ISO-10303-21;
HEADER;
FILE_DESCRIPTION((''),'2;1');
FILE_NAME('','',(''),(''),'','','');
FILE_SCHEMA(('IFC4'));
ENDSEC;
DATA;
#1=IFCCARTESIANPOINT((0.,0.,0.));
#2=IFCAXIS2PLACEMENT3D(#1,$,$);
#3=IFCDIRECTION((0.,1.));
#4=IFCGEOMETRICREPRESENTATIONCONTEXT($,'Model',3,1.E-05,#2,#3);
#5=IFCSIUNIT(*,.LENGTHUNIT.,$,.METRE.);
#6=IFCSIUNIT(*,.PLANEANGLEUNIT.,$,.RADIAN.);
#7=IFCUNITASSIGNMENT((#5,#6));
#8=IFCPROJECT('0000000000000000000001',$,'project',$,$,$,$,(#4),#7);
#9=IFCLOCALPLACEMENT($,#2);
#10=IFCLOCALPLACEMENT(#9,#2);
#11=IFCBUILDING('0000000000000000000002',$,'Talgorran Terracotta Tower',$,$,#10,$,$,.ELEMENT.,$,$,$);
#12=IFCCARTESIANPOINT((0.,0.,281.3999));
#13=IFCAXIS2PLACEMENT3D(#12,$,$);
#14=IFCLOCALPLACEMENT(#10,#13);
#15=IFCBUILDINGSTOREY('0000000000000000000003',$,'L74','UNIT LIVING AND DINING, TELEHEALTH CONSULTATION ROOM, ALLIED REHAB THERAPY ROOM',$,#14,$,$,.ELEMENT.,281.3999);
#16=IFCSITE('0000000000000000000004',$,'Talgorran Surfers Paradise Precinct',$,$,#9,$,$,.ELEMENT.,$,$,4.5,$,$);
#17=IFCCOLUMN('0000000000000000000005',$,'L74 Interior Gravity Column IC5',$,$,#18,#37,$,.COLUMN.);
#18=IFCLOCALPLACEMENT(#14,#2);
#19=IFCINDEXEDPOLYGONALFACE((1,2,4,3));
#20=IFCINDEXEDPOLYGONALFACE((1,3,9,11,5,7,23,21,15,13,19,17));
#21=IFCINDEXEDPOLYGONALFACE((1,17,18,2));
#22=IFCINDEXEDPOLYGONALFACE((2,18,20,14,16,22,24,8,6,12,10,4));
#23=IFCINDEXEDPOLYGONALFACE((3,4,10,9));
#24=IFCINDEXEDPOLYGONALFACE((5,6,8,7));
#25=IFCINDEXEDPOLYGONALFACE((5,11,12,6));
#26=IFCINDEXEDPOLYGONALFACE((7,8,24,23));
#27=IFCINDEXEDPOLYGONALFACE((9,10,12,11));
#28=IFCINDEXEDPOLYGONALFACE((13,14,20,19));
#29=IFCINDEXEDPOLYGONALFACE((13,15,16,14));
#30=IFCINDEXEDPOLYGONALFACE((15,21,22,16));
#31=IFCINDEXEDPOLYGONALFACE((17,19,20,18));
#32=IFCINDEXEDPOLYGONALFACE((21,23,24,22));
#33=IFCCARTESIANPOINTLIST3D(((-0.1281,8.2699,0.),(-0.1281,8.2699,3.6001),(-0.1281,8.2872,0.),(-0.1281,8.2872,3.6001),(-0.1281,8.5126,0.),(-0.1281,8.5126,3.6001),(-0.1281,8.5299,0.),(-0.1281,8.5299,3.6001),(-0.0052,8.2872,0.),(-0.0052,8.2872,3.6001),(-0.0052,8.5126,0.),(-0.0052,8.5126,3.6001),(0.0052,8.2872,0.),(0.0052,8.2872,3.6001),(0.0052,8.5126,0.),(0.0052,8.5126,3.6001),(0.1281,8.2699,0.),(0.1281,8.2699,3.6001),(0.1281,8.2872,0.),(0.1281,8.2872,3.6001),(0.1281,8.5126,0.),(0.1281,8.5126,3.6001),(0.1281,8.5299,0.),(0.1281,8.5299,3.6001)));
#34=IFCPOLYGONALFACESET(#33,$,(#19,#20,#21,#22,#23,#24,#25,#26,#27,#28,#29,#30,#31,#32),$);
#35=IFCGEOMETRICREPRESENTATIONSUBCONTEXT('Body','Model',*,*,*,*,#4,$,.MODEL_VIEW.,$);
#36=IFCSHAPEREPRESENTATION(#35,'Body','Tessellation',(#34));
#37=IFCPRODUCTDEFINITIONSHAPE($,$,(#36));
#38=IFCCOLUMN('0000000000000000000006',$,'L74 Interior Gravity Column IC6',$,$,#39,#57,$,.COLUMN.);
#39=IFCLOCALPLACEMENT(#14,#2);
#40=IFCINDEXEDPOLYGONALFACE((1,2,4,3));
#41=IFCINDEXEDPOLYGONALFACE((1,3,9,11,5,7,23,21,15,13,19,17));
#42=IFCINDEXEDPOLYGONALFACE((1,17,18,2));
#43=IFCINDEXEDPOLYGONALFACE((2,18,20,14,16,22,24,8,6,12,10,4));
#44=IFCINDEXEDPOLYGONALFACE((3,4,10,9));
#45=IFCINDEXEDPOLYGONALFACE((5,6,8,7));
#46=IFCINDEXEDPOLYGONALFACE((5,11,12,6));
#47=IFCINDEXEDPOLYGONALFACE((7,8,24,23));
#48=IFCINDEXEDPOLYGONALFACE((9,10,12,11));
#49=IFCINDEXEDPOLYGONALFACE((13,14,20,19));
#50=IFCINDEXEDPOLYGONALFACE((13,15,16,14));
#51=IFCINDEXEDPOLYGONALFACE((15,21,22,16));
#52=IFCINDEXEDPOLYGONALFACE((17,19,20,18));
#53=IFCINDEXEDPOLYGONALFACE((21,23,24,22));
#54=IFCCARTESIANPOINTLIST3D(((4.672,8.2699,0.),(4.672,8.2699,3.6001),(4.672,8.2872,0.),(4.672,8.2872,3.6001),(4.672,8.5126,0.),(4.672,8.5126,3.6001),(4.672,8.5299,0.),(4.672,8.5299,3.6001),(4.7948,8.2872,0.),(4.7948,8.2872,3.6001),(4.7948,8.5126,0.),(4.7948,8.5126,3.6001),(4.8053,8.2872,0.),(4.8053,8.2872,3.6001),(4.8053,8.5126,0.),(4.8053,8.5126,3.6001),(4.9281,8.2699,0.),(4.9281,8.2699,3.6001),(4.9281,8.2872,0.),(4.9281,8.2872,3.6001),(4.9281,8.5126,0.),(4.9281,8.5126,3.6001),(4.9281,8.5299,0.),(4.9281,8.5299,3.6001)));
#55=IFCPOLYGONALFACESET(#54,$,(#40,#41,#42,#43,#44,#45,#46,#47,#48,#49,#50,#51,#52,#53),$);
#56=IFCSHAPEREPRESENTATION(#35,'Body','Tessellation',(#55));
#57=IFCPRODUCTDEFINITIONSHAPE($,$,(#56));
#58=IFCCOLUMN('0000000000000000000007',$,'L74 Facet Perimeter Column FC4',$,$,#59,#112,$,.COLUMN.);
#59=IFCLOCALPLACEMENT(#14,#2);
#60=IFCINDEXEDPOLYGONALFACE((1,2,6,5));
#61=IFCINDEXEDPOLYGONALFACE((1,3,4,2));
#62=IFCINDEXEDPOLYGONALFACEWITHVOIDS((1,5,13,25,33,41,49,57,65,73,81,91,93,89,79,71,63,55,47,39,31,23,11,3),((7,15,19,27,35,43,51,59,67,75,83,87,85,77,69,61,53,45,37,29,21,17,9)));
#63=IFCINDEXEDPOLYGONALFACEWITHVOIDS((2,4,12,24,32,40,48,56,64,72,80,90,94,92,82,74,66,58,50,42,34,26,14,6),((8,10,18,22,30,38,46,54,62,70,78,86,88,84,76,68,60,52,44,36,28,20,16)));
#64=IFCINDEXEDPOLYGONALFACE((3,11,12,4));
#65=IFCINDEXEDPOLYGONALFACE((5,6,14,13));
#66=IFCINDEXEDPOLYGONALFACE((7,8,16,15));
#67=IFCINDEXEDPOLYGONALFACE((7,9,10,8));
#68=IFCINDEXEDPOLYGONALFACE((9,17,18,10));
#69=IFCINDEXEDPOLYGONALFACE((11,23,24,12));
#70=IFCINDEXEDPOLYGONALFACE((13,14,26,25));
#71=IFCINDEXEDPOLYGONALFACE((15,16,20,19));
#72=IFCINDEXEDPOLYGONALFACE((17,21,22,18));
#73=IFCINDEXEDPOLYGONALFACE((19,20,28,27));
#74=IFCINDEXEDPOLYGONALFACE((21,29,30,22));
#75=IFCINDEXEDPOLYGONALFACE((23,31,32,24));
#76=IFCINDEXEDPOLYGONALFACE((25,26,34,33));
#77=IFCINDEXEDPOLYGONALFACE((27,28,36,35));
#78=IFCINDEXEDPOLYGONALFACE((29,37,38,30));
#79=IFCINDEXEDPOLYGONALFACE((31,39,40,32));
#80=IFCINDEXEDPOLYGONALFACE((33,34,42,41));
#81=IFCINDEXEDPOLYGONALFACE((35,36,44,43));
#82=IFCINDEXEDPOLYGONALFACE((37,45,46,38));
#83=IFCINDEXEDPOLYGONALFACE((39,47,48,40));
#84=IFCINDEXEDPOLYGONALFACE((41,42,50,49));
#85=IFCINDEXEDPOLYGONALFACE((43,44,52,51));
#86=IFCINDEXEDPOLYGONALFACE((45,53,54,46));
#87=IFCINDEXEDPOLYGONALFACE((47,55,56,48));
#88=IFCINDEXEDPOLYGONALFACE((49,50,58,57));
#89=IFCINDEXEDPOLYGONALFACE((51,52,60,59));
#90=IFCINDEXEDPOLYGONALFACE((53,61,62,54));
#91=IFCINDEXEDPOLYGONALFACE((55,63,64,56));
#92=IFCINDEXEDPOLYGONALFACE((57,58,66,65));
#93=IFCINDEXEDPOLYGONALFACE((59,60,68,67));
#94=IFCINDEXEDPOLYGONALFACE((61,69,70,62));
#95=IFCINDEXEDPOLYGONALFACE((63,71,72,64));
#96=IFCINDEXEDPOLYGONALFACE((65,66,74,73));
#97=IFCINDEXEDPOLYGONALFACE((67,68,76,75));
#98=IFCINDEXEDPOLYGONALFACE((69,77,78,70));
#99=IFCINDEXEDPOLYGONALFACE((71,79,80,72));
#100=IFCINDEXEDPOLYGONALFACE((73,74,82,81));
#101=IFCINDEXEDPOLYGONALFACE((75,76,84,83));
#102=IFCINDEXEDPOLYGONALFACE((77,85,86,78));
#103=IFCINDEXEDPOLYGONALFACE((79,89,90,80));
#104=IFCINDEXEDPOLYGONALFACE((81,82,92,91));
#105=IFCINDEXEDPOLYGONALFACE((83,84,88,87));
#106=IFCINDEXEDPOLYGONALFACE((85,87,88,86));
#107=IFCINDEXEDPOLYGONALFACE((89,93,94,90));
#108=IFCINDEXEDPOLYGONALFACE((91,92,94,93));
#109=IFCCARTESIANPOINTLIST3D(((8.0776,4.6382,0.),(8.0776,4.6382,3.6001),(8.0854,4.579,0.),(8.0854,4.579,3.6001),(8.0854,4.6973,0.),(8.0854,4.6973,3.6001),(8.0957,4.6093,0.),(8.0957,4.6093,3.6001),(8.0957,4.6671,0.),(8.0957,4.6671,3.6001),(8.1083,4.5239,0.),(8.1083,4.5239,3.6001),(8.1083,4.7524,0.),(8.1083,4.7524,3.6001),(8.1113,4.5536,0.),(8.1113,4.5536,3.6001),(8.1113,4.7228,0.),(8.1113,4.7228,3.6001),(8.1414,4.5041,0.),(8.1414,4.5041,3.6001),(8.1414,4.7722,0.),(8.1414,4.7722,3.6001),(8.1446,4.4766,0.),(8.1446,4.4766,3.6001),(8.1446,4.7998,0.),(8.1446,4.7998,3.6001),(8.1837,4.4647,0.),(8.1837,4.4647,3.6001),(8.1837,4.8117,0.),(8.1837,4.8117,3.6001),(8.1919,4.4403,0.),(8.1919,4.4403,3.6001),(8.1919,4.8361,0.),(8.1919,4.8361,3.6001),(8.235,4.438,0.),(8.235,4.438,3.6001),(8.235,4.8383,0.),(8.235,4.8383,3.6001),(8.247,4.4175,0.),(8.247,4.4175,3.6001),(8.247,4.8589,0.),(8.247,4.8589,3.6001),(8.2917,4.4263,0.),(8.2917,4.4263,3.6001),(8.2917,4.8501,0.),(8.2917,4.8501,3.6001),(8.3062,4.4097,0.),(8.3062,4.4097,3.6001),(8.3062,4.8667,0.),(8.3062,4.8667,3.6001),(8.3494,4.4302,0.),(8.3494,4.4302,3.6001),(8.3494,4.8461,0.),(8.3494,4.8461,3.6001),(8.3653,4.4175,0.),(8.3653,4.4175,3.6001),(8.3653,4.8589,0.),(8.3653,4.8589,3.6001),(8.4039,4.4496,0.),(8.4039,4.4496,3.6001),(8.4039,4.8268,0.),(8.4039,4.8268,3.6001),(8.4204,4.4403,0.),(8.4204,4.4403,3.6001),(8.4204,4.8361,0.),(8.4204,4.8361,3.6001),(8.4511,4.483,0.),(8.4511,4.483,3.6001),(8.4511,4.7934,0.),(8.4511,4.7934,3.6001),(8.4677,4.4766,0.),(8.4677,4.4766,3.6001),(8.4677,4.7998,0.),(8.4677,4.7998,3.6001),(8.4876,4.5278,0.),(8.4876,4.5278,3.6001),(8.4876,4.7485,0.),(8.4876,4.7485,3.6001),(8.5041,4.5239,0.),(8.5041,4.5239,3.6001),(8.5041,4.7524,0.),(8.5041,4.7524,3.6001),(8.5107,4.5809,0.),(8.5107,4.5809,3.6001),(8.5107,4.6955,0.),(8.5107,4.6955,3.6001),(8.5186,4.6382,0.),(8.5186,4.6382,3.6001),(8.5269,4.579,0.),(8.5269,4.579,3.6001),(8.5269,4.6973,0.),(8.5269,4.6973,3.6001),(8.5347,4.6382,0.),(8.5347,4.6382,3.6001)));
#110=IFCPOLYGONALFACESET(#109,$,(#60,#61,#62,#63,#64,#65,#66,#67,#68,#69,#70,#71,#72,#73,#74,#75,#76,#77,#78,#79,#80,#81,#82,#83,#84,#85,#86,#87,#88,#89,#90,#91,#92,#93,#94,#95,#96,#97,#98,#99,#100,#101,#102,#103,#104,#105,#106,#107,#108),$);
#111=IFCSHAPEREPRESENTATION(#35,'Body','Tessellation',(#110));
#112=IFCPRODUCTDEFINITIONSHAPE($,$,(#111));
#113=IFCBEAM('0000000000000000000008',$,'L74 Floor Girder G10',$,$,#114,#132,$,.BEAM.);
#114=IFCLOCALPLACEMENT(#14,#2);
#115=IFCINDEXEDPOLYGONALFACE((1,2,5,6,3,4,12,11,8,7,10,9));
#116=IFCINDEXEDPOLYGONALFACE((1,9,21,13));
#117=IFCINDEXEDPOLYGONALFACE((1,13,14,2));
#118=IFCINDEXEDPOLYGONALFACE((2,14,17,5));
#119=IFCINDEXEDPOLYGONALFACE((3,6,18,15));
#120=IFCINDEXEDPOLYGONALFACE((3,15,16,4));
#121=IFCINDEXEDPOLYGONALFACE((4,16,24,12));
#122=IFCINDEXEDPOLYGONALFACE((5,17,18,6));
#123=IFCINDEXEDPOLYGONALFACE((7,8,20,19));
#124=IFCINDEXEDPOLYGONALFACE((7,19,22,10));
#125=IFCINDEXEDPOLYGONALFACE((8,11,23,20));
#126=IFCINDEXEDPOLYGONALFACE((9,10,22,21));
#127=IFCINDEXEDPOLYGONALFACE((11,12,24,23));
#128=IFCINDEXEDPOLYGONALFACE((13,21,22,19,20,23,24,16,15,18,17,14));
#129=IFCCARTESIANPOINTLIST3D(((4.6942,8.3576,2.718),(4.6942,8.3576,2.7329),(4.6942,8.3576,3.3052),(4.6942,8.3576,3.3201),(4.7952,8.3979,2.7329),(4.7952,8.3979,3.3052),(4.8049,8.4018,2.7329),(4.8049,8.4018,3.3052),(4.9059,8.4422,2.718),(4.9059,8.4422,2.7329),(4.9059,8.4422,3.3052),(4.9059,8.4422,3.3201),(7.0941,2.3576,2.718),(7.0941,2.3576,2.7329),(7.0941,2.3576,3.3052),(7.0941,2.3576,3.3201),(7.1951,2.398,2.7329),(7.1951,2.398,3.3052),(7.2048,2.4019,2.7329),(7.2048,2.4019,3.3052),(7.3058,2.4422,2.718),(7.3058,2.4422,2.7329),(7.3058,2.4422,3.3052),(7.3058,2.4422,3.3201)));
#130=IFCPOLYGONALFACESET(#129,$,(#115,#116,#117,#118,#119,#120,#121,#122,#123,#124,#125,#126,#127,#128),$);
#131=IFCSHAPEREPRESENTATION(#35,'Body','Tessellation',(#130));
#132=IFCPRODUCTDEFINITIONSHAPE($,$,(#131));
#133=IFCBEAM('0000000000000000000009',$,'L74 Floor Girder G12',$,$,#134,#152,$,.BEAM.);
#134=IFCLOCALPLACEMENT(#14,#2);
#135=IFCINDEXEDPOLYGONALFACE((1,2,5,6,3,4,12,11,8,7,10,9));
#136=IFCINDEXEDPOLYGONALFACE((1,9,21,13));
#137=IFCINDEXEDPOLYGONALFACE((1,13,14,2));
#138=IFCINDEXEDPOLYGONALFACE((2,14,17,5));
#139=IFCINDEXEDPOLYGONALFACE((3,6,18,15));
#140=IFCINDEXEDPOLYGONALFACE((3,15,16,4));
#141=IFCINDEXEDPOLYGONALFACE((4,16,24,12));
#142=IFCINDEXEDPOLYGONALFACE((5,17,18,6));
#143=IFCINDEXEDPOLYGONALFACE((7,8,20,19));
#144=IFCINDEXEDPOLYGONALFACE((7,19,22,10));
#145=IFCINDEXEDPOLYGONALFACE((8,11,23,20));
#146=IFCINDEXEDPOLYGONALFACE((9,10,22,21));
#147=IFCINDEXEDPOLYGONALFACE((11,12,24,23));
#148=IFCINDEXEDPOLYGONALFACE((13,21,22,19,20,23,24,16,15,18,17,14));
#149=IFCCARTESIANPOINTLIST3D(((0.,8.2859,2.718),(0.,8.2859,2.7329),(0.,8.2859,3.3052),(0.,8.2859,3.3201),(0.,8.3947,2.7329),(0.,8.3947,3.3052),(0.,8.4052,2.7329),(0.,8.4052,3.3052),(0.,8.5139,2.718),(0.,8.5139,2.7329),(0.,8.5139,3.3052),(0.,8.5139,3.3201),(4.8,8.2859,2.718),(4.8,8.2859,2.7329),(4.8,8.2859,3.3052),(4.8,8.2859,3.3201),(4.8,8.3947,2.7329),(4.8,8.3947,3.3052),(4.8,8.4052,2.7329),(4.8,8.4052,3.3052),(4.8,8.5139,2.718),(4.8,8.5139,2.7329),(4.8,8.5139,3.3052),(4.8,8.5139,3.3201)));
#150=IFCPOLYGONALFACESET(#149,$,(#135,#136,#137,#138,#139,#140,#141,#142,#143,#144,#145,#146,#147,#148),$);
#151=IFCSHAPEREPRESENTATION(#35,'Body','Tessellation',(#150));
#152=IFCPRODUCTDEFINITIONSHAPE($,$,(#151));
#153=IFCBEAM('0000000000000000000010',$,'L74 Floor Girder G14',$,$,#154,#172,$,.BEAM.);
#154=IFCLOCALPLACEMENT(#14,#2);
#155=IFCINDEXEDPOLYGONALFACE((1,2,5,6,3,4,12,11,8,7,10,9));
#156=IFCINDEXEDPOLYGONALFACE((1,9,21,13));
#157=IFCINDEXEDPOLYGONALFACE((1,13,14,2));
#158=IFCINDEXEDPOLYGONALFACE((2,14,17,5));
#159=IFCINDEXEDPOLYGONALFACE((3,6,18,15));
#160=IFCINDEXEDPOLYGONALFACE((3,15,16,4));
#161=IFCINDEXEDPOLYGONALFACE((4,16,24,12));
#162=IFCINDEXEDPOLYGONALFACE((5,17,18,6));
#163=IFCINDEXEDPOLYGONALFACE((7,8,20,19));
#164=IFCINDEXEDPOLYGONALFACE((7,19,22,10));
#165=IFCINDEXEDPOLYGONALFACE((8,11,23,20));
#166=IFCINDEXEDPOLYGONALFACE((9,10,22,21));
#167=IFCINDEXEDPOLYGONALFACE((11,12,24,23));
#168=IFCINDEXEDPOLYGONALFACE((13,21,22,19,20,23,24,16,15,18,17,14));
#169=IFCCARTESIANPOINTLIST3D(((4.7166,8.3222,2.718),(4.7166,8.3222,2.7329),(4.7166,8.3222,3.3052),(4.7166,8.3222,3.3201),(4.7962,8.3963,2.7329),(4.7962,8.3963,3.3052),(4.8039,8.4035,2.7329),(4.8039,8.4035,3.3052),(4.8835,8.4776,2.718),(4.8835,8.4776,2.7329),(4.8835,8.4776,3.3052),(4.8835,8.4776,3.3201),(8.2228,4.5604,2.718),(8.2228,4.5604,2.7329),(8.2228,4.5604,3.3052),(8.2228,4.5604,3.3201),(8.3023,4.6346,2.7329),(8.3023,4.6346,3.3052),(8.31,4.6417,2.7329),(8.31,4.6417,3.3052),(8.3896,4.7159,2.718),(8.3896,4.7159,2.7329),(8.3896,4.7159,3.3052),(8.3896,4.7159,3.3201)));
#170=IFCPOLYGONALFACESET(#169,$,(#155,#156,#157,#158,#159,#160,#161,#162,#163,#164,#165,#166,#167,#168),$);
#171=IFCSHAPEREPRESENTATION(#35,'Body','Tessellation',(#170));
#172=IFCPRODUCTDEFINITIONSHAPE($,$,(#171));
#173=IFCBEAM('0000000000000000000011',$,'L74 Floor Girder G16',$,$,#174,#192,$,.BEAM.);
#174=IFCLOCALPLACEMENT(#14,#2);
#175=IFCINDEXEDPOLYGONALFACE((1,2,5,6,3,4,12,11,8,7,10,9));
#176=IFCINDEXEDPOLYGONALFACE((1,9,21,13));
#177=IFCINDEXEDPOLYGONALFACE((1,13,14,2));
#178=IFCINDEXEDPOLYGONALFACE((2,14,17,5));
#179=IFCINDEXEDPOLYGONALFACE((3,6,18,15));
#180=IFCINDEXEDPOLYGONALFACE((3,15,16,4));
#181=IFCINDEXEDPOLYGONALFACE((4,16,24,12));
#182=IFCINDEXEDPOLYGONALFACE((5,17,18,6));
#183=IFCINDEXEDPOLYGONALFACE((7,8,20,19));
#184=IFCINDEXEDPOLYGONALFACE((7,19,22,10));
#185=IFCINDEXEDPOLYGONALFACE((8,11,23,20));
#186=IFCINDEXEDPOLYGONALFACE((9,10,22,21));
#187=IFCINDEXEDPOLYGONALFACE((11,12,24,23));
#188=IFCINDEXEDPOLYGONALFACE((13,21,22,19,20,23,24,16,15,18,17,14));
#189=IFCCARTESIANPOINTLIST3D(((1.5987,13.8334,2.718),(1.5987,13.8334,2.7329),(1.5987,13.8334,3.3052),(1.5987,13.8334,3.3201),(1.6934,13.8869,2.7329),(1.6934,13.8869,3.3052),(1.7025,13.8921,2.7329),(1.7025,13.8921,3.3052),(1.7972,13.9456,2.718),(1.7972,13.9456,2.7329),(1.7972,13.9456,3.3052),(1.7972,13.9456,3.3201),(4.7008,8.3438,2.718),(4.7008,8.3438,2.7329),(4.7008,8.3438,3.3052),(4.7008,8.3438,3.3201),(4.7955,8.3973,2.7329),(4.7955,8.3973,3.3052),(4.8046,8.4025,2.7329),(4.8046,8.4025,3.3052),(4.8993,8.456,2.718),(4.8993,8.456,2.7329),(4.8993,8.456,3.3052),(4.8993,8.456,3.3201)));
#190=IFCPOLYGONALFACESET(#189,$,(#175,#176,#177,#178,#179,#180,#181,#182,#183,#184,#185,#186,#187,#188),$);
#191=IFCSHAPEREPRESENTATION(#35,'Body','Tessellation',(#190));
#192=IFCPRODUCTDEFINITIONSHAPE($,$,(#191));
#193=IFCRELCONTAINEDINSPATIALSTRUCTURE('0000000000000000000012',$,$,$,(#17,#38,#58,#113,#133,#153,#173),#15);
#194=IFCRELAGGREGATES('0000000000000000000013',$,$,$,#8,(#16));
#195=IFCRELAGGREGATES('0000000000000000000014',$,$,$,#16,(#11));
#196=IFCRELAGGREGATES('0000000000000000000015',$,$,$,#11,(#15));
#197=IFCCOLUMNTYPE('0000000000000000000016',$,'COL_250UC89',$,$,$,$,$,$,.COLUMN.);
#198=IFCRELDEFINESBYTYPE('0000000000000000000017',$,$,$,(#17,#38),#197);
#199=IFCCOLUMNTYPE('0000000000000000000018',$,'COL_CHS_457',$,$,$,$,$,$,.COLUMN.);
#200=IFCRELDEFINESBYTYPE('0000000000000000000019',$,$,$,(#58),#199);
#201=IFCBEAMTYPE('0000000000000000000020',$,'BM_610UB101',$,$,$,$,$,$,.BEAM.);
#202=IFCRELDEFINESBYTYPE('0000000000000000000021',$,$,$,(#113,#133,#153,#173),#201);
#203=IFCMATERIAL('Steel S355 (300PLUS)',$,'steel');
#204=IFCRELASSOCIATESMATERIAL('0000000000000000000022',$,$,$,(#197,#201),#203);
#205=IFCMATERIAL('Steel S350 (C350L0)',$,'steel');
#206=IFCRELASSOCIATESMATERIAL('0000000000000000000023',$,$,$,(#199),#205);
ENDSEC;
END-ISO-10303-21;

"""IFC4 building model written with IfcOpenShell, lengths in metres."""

from ifc_helpers import new_model, si_unit, direction, frame, origin, origin_2d, place, context, subcontext, project, spatial, hollow_circle, i_section, extrude, material, material_profile, profile_set, type_object, element, save


model = new_model("IFC4")

# Units and contexts
model_context = context("Model", 3, precision=1e-05, world=origin(), true_north=direction((0.0, 1.0)))
body_context = subcontext(model_context, "Body", "Model", "MODEL_VIEW")
ifc_project = project(units=[si_unit("LENGTHUNIT", "METRE"), si_unit("PLANEANGLEUNIT", "RADIAN")], contexts=[model_context])

# Site, building, storey
site_placement = place(None, origin())
site = spatial("IfcSite", under=ifc_project, at=site_placement, Name="Talgorran Surfers Paradise Precinct", CompositionType="ELEMENT", RefElevation=4.5)
building_placement = place(site_placement, origin())
building = spatial("IfcBuilding", under=site, at=building_placement, Name="Talgorran Terracotta Tower", CompositionType="ELEMENT")
storey_placement = place(building_placement, frame((0.0, 0.0, 281.3999)))
storey = spatial("IfcBuildingStorey", under=building, at=storey_placement, Name="L74", Description="UNIT LIVING AND DINING, TELEHEALTH CONSULTATION ROOM, ALLIED REHAB THERAPY ROOM", CompositionType="ELEMENT", Elevation=281.3999)

# Columns
ifc_material_1 = material(Name="Steel S355 (300PLUS)", Category="steel")
ifc_material_profile_1 = material_profile(ifc_material_1, i_section(OverallWidth=0.2561, OverallDepth=0.26, WebThickness=0.0105, FlangeThickness=0.0173, at=origin_2d()), Name="250UC89.5")
ifc_profile_set_1 = profile_set([ifc_material_profile_1], Name="Steel S355 (300PLUS)")
column_type_1 = type_object("IfcColumnType", Name="COL_250UC89", PredefinedType="COLUMN", material=ifc_profile_set_1)
for number, where, z_axis, x_axis, name in (
    (1, (0.0, 8.3999, 0.0), (0.0, 0.0, 1.0), (1.0, 0.0, 0.0), "L74 Interior Gravity Column IC5"),
    (2, (4.8, 8.3999, 0.0), (0.0, 0.0, 1.0), (1.0, 0.0, 0.0), "L74 Interior Gravity Column IC6"),
):
    element("IfcColumn", number, at=place(storey_placement, frame(where, z_axis=z_axis, x_axis=x_axis)), inside=storey, type_object=column_type_1, Name=name, PredefinedType="COLUMN", context=body_context, shape_type="SweptSolid", body=[
        extrude(i_section(OverallWidth=0.2561, OverallDepth=0.26, WebThickness=0.0105, FlangeThickness=0.0173, at=origin_2d()), origin(), (0.0, 0.0, 1.0), 3.6001),
    ])
ifc_material_2 = material(Name="Steel S350 (C350L0)", Category="steel")
ifc_material_profile_2 = material_profile(ifc_material_2, hollow_circle(Radius=0.2285, WallThickness=0.0161, at=origin_2d()), Name="CHS457X16")
ifc_profile_set_2 = profile_set([ifc_material_profile_2], Name="Steel S350 (C350L0)")
column_type_2 = type_object("IfcColumnType", Name="COL_CHS_457", PredefinedType="COLUMN", material=ifc_profile_set_2)
column_placement = place(storey_placement, frame((8.3062, 4.6382, 0.0), z_axis=(0.0, 0.0, 1.0), x_axis=(1.0, 0.0, 0.0)))
element("IfcColumn", 3, at=column_placement, inside=storey, type_object=column_type_2, Name="L74 Facet Perimeter Column FC4", PredefinedType="COLUMN", context=body_context, shape_type="SweptSolid", body=[
    extrude(hollow_circle(Radius=0.2285, WallThickness=0.0161, at=origin_2d()), origin(), (0.0, 0.0, 1.0), 3.6001),
])

# Beams
ifc_material_profile_3 = material_profile(ifc_material_1, i_section(OverallWidth=0.228, OverallDepth=0.6021, WebThickness=0.0105, FlangeThickness=0.0149, at=origin_2d()), Name="610UB101")
ifc_profile_set_3 = profile_set([ifc_material_profile_3], Name="Steel S355 (300PLUS)")
beam_type_1 = type_object("IfcBeamType", Name="BM_610UB101", PredefinedType="BEAM", material=ifc_profile_set_3)
beam_1_placement = place(storey_placement, frame((7.2, 2.3999, 3.019), z_axis=(-0.371378, 0.928482, 0.0), x_axis=(-0.928482, -0.371378, 0.0)))
element("IfcBeam", 4, at=beam_1_placement, inside=storey, type_object=beam_type_1, Name="L74 Floor Girder G10", PredefinedType="BEAM", context=body_context, shape_type="SweptSolid", body=[
    extrude(i_section(OverallWidth=0.228, OverallDepth=0.6021, WebThickness=0.0105, FlangeThickness=0.0149, at=origin_2d()), origin(), (0.0, 0.0, 1.0), 6.4622),
])
beam_2_placement = place(storey_placement, frame((0.0, 8.3999, 3.019), z_axis=(1.0, 0.0, 0.0), x_axis=(0.0, 1.0, 0.0)))
element("IfcBeam", 5, at=beam_2_placement, inside=storey, type_object=beam_type_1, Name="L74 Floor Girder G12", PredefinedType="BEAM", context=body_context, shape_type="SweptSolid", body=[
    extrude(i_section(OverallWidth=0.228, OverallDepth=0.6021, WebThickness=0.0105, FlangeThickness=0.0149, at=origin_2d()), origin(), (0.0, 0.0, 1.0), 4.8),
])
beam_3_placement = place(storey_placement, frame((4.8, 8.3999, 3.019), z_axis=(0.681816, -0.731524, 0.0), x_axis=(0.731524, 0.681816, 0.0)))
element("IfcBeam", 6, at=beam_3_placement, inside=storey, type_object=beam_type_1, Name="L74 Floor Girder G14", PredefinedType="BEAM", context=body_context, shape_type="SweptSolid", body=[
    extrude(i_section(OverallWidth=0.228, OverallDepth=0.6021, WebThickness=0.0105, FlangeThickness=0.0149, at=origin_2d()), origin(), (0.0, 0.0, 1.0), 5.1423),
])
beam_4_placement = place(storey_placement, frame((4.8, 8.3999, 3.019), z_axis=(-0.491972, 0.870611, 0.0), x_axis=(-0.870611, -0.491972, 0.0)))
element("IfcBeam", 7, at=beam_4_placement, inside=storey, type_object=beam_type_1, Name="L74 Floor Girder G16", PredefinedType="BEAM", context=body_context, shape_type="SweptSolid", body=[
    extrude(i_section(OverallWidth=0.228, OverallDepth=0.6021, WebThickness=0.0105, FlangeThickness=0.0149, at=origin_2d()), origin(), (0.0, 0.0, 1.0), 6.3054),
])

save(model, "model.ifc")
